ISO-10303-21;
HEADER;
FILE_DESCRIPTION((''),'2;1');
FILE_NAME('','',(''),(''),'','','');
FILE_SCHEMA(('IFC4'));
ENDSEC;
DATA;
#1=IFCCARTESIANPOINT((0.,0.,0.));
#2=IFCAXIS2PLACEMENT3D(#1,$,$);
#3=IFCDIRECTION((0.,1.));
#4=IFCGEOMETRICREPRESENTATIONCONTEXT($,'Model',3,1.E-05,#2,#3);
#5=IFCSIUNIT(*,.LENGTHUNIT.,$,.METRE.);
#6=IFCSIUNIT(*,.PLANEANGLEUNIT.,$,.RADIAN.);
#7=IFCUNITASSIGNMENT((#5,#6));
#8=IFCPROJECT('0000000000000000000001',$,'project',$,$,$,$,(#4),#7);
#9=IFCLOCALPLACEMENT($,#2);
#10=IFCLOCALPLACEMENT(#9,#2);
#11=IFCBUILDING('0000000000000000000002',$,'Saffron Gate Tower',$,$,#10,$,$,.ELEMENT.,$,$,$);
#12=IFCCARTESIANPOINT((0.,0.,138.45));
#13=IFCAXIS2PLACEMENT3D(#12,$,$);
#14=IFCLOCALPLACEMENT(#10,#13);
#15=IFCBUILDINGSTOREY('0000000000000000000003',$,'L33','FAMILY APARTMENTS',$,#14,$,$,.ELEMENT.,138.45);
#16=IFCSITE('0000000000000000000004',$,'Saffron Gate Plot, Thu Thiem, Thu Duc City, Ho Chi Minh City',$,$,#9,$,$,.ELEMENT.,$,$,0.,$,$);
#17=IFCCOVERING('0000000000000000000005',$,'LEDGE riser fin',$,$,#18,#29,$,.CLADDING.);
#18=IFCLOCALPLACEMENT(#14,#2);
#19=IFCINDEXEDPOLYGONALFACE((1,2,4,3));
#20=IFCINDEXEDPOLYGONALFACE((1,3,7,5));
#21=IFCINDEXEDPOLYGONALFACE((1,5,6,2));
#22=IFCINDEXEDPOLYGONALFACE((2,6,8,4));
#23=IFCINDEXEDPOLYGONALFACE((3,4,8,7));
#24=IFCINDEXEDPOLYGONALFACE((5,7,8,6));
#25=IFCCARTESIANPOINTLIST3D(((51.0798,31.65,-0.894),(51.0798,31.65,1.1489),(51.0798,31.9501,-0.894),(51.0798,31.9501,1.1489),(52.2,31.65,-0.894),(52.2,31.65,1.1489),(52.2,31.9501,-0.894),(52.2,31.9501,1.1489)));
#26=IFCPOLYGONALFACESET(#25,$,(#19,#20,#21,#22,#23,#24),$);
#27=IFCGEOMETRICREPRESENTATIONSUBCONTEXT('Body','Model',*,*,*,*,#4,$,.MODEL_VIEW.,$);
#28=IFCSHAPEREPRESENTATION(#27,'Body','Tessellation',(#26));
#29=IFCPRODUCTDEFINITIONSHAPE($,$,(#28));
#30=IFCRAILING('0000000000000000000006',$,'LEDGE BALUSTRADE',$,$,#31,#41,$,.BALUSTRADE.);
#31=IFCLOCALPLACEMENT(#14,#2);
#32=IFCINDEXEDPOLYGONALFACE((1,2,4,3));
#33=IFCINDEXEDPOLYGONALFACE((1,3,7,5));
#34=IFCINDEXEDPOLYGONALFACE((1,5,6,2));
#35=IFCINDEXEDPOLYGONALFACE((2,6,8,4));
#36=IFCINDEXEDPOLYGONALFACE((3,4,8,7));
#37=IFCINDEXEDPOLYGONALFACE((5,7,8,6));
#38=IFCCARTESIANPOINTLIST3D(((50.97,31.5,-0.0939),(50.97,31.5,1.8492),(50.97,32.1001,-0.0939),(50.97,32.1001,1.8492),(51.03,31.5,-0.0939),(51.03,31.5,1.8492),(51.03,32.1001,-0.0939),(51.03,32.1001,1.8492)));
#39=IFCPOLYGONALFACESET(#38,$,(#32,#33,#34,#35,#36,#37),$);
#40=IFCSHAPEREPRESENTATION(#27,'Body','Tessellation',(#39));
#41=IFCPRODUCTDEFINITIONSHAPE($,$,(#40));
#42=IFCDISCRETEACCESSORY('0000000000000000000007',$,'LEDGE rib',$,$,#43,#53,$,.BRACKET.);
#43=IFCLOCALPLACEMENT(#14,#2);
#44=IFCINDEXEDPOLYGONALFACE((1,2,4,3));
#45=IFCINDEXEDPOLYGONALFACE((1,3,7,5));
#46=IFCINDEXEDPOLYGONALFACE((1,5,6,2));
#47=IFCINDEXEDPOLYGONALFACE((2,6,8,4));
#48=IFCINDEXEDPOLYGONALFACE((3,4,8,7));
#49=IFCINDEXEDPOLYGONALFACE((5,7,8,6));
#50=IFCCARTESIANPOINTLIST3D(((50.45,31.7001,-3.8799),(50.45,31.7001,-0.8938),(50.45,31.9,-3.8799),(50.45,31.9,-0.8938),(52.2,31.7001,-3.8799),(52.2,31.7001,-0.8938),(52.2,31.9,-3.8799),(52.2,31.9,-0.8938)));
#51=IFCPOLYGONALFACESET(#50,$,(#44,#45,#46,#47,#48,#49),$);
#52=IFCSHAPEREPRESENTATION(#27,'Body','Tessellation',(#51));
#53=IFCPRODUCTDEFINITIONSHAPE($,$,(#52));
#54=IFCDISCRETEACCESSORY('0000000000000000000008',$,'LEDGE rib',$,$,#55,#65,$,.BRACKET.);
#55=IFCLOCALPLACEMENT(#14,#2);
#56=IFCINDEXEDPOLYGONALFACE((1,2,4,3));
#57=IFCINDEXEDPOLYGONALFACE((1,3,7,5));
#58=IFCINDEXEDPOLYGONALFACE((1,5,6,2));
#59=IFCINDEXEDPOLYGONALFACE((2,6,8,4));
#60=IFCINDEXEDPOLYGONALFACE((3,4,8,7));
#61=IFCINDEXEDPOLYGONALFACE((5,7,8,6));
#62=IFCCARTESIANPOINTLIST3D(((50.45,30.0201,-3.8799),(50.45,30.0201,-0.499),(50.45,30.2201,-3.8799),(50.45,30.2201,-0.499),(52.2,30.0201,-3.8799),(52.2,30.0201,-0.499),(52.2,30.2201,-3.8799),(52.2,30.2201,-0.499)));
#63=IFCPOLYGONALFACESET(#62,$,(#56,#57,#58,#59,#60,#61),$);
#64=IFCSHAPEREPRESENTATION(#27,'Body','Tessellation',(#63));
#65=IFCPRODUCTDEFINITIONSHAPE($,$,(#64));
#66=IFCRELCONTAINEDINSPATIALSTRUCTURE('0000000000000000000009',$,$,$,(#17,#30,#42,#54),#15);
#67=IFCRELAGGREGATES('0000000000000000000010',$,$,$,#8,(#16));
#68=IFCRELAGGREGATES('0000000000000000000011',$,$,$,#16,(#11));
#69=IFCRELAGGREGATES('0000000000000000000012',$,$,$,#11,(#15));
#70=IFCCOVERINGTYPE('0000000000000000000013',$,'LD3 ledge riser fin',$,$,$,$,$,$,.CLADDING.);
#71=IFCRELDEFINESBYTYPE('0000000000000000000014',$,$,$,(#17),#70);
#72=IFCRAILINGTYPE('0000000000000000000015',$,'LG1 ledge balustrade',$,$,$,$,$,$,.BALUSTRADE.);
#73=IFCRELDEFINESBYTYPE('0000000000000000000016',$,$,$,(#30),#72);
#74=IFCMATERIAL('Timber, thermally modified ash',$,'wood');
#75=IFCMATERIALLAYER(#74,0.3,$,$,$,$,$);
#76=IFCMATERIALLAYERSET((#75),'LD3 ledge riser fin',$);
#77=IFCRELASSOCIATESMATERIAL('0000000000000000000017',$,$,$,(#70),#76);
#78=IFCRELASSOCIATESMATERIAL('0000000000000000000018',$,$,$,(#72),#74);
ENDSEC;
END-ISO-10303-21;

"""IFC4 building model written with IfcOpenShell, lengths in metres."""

from ifc_helpers import new_model, si_unit, direction, frame, origin, origin_2d, place, context, subcontext, project, spatial, rectangle, extrude, material, layer, layer_set, type_object, element, save


model = new_model("IFC4")

# Units and contexts
model_context = context("Model", 3, precision=1e-05, world=origin(), true_north=direction((0.0, 1.0)))
body_context = subcontext(model_context, "Body", "Model", "MODEL_VIEW")
ifc_project = project(units=[si_unit("LENGTHUNIT", "METRE"), si_unit("PLANEANGLEUNIT", "RADIAN")], contexts=[model_context])

# Site, building, storey
site_placement = place(None, origin())
site = spatial("IfcSite", under=ifc_project, at=site_placement, Name="Saffron Gate Plot, Thu Thiem, Thu Duc City, Ho Chi Minh City", CompositionType="ELEMENT", RefElevation=0.0)
building_placement = place(site_placement, origin())
building = spatial("IfcBuilding", under=site, at=building_placement, Name="Saffron Gate Tower", CompositionType="ELEMENT")
storey_placement = place(building_placement, frame((0.0, 0.0, 138.45)))
storey = spatial("IfcBuildingStorey", under=building, at=storey_placement, Name="L33", Description="FAMILY APARTMENTS", CompositionType="ELEMENT", Elevation=138.45)

# Covering
ifc_material_1 = material(Name="Timber, thermally modified ash", Category="wood")
ifc_layer_1 = layer(ifc_material_1, 0.3)
ifc_layer_set_1 = layer_set([ifc_layer_1], Name="LD3 ledge riser fin")
covering_type_1 = type_object("IfcCoveringType", Name="LD3 ledge riser fin", PredefinedType="CLADDING", material=ifc_layer_set_1)
covering_1_placement = place(storey_placement, frame((51.6399, 31.8, -0.894), z_axis=(0.0, 0.0, 1.0), x_axis=(0.0, -1.0, 0.0)))
element("IfcCovering", 1, at=covering_1_placement, inside=storey, type_object=covering_type_1, Name="LEDGE riser fin", PredefinedType="CLADDING", context=body_context, shape_type="SweptSolid", body=[
    extrude(rectangle(XDim=0.3, YDim=1.1201, at=origin_2d()), origin(), (0.0, 0.0, 1.0), 2.043),
])

# Railing
railing_type = type_object("IfcRailingType", Name="LG1 ledge balustrade", PredefinedType="BALUSTRADE", material=ifc_material_1)
railing_placement = place(storey_placement, frame((51.0, 32.1001, -0.094)))
element("IfcRailing", 2, at=railing_placement, inside=storey, type_object=railing_type, Name="LEDGE BALUSTRADE", PredefinedType="BALUSTRADE", context=body_context, shape_type="SweptSolid", body=[
    extrude(rectangle(XDim=0.0601, YDim=1.9431, at=origin_2d()), frame((0.0, 0.0, 0.9717), z_axis=(0.0, -1.0, 0.0), x_axis=(1.0, 0.0, 0.0)), (0.0, 0.0, 1.0), 0.6001),
])

# Discrete accessories
discrete_accessory_1_placement = place(storey_placement, frame((51.325, 31.8, -3.8799), z_axis=(0.0, 0.0, 1.0), x_axis=(0.0, -1.0, 0.0)))
element("IfcDiscreteAccessory", 3, at=discrete_accessory_1_placement, inside=storey, Name="LEDGE rib", PredefinedType="BRACKET", context=body_context, shape_type="SweptSolid", body=[
    extrude(rectangle(XDim=0.2, YDim=1.75, at=origin_2d()), origin(), (0.0, 0.0, 1.0), 2.9861),
])
discrete_accessory_2_placement = place(storey_placement, frame((51.325, 30.1201, -3.8799), z_axis=(0.0, 0.0, 1.0), x_axis=(0.0, -1.0, 0.0)))
element("IfcDiscreteAccessory", 4, at=discrete_accessory_2_placement, inside=storey, Name="LEDGE rib", PredefinedType="BRACKET", context=body_context, shape_type="SweptSolid", body=[
    extrude(rectangle(XDim=0.2, YDim=1.75, at=origin_2d()), origin(), (0.0, 0.0, 1.0), 3.3809),
])

save(model, "model.ifc")
